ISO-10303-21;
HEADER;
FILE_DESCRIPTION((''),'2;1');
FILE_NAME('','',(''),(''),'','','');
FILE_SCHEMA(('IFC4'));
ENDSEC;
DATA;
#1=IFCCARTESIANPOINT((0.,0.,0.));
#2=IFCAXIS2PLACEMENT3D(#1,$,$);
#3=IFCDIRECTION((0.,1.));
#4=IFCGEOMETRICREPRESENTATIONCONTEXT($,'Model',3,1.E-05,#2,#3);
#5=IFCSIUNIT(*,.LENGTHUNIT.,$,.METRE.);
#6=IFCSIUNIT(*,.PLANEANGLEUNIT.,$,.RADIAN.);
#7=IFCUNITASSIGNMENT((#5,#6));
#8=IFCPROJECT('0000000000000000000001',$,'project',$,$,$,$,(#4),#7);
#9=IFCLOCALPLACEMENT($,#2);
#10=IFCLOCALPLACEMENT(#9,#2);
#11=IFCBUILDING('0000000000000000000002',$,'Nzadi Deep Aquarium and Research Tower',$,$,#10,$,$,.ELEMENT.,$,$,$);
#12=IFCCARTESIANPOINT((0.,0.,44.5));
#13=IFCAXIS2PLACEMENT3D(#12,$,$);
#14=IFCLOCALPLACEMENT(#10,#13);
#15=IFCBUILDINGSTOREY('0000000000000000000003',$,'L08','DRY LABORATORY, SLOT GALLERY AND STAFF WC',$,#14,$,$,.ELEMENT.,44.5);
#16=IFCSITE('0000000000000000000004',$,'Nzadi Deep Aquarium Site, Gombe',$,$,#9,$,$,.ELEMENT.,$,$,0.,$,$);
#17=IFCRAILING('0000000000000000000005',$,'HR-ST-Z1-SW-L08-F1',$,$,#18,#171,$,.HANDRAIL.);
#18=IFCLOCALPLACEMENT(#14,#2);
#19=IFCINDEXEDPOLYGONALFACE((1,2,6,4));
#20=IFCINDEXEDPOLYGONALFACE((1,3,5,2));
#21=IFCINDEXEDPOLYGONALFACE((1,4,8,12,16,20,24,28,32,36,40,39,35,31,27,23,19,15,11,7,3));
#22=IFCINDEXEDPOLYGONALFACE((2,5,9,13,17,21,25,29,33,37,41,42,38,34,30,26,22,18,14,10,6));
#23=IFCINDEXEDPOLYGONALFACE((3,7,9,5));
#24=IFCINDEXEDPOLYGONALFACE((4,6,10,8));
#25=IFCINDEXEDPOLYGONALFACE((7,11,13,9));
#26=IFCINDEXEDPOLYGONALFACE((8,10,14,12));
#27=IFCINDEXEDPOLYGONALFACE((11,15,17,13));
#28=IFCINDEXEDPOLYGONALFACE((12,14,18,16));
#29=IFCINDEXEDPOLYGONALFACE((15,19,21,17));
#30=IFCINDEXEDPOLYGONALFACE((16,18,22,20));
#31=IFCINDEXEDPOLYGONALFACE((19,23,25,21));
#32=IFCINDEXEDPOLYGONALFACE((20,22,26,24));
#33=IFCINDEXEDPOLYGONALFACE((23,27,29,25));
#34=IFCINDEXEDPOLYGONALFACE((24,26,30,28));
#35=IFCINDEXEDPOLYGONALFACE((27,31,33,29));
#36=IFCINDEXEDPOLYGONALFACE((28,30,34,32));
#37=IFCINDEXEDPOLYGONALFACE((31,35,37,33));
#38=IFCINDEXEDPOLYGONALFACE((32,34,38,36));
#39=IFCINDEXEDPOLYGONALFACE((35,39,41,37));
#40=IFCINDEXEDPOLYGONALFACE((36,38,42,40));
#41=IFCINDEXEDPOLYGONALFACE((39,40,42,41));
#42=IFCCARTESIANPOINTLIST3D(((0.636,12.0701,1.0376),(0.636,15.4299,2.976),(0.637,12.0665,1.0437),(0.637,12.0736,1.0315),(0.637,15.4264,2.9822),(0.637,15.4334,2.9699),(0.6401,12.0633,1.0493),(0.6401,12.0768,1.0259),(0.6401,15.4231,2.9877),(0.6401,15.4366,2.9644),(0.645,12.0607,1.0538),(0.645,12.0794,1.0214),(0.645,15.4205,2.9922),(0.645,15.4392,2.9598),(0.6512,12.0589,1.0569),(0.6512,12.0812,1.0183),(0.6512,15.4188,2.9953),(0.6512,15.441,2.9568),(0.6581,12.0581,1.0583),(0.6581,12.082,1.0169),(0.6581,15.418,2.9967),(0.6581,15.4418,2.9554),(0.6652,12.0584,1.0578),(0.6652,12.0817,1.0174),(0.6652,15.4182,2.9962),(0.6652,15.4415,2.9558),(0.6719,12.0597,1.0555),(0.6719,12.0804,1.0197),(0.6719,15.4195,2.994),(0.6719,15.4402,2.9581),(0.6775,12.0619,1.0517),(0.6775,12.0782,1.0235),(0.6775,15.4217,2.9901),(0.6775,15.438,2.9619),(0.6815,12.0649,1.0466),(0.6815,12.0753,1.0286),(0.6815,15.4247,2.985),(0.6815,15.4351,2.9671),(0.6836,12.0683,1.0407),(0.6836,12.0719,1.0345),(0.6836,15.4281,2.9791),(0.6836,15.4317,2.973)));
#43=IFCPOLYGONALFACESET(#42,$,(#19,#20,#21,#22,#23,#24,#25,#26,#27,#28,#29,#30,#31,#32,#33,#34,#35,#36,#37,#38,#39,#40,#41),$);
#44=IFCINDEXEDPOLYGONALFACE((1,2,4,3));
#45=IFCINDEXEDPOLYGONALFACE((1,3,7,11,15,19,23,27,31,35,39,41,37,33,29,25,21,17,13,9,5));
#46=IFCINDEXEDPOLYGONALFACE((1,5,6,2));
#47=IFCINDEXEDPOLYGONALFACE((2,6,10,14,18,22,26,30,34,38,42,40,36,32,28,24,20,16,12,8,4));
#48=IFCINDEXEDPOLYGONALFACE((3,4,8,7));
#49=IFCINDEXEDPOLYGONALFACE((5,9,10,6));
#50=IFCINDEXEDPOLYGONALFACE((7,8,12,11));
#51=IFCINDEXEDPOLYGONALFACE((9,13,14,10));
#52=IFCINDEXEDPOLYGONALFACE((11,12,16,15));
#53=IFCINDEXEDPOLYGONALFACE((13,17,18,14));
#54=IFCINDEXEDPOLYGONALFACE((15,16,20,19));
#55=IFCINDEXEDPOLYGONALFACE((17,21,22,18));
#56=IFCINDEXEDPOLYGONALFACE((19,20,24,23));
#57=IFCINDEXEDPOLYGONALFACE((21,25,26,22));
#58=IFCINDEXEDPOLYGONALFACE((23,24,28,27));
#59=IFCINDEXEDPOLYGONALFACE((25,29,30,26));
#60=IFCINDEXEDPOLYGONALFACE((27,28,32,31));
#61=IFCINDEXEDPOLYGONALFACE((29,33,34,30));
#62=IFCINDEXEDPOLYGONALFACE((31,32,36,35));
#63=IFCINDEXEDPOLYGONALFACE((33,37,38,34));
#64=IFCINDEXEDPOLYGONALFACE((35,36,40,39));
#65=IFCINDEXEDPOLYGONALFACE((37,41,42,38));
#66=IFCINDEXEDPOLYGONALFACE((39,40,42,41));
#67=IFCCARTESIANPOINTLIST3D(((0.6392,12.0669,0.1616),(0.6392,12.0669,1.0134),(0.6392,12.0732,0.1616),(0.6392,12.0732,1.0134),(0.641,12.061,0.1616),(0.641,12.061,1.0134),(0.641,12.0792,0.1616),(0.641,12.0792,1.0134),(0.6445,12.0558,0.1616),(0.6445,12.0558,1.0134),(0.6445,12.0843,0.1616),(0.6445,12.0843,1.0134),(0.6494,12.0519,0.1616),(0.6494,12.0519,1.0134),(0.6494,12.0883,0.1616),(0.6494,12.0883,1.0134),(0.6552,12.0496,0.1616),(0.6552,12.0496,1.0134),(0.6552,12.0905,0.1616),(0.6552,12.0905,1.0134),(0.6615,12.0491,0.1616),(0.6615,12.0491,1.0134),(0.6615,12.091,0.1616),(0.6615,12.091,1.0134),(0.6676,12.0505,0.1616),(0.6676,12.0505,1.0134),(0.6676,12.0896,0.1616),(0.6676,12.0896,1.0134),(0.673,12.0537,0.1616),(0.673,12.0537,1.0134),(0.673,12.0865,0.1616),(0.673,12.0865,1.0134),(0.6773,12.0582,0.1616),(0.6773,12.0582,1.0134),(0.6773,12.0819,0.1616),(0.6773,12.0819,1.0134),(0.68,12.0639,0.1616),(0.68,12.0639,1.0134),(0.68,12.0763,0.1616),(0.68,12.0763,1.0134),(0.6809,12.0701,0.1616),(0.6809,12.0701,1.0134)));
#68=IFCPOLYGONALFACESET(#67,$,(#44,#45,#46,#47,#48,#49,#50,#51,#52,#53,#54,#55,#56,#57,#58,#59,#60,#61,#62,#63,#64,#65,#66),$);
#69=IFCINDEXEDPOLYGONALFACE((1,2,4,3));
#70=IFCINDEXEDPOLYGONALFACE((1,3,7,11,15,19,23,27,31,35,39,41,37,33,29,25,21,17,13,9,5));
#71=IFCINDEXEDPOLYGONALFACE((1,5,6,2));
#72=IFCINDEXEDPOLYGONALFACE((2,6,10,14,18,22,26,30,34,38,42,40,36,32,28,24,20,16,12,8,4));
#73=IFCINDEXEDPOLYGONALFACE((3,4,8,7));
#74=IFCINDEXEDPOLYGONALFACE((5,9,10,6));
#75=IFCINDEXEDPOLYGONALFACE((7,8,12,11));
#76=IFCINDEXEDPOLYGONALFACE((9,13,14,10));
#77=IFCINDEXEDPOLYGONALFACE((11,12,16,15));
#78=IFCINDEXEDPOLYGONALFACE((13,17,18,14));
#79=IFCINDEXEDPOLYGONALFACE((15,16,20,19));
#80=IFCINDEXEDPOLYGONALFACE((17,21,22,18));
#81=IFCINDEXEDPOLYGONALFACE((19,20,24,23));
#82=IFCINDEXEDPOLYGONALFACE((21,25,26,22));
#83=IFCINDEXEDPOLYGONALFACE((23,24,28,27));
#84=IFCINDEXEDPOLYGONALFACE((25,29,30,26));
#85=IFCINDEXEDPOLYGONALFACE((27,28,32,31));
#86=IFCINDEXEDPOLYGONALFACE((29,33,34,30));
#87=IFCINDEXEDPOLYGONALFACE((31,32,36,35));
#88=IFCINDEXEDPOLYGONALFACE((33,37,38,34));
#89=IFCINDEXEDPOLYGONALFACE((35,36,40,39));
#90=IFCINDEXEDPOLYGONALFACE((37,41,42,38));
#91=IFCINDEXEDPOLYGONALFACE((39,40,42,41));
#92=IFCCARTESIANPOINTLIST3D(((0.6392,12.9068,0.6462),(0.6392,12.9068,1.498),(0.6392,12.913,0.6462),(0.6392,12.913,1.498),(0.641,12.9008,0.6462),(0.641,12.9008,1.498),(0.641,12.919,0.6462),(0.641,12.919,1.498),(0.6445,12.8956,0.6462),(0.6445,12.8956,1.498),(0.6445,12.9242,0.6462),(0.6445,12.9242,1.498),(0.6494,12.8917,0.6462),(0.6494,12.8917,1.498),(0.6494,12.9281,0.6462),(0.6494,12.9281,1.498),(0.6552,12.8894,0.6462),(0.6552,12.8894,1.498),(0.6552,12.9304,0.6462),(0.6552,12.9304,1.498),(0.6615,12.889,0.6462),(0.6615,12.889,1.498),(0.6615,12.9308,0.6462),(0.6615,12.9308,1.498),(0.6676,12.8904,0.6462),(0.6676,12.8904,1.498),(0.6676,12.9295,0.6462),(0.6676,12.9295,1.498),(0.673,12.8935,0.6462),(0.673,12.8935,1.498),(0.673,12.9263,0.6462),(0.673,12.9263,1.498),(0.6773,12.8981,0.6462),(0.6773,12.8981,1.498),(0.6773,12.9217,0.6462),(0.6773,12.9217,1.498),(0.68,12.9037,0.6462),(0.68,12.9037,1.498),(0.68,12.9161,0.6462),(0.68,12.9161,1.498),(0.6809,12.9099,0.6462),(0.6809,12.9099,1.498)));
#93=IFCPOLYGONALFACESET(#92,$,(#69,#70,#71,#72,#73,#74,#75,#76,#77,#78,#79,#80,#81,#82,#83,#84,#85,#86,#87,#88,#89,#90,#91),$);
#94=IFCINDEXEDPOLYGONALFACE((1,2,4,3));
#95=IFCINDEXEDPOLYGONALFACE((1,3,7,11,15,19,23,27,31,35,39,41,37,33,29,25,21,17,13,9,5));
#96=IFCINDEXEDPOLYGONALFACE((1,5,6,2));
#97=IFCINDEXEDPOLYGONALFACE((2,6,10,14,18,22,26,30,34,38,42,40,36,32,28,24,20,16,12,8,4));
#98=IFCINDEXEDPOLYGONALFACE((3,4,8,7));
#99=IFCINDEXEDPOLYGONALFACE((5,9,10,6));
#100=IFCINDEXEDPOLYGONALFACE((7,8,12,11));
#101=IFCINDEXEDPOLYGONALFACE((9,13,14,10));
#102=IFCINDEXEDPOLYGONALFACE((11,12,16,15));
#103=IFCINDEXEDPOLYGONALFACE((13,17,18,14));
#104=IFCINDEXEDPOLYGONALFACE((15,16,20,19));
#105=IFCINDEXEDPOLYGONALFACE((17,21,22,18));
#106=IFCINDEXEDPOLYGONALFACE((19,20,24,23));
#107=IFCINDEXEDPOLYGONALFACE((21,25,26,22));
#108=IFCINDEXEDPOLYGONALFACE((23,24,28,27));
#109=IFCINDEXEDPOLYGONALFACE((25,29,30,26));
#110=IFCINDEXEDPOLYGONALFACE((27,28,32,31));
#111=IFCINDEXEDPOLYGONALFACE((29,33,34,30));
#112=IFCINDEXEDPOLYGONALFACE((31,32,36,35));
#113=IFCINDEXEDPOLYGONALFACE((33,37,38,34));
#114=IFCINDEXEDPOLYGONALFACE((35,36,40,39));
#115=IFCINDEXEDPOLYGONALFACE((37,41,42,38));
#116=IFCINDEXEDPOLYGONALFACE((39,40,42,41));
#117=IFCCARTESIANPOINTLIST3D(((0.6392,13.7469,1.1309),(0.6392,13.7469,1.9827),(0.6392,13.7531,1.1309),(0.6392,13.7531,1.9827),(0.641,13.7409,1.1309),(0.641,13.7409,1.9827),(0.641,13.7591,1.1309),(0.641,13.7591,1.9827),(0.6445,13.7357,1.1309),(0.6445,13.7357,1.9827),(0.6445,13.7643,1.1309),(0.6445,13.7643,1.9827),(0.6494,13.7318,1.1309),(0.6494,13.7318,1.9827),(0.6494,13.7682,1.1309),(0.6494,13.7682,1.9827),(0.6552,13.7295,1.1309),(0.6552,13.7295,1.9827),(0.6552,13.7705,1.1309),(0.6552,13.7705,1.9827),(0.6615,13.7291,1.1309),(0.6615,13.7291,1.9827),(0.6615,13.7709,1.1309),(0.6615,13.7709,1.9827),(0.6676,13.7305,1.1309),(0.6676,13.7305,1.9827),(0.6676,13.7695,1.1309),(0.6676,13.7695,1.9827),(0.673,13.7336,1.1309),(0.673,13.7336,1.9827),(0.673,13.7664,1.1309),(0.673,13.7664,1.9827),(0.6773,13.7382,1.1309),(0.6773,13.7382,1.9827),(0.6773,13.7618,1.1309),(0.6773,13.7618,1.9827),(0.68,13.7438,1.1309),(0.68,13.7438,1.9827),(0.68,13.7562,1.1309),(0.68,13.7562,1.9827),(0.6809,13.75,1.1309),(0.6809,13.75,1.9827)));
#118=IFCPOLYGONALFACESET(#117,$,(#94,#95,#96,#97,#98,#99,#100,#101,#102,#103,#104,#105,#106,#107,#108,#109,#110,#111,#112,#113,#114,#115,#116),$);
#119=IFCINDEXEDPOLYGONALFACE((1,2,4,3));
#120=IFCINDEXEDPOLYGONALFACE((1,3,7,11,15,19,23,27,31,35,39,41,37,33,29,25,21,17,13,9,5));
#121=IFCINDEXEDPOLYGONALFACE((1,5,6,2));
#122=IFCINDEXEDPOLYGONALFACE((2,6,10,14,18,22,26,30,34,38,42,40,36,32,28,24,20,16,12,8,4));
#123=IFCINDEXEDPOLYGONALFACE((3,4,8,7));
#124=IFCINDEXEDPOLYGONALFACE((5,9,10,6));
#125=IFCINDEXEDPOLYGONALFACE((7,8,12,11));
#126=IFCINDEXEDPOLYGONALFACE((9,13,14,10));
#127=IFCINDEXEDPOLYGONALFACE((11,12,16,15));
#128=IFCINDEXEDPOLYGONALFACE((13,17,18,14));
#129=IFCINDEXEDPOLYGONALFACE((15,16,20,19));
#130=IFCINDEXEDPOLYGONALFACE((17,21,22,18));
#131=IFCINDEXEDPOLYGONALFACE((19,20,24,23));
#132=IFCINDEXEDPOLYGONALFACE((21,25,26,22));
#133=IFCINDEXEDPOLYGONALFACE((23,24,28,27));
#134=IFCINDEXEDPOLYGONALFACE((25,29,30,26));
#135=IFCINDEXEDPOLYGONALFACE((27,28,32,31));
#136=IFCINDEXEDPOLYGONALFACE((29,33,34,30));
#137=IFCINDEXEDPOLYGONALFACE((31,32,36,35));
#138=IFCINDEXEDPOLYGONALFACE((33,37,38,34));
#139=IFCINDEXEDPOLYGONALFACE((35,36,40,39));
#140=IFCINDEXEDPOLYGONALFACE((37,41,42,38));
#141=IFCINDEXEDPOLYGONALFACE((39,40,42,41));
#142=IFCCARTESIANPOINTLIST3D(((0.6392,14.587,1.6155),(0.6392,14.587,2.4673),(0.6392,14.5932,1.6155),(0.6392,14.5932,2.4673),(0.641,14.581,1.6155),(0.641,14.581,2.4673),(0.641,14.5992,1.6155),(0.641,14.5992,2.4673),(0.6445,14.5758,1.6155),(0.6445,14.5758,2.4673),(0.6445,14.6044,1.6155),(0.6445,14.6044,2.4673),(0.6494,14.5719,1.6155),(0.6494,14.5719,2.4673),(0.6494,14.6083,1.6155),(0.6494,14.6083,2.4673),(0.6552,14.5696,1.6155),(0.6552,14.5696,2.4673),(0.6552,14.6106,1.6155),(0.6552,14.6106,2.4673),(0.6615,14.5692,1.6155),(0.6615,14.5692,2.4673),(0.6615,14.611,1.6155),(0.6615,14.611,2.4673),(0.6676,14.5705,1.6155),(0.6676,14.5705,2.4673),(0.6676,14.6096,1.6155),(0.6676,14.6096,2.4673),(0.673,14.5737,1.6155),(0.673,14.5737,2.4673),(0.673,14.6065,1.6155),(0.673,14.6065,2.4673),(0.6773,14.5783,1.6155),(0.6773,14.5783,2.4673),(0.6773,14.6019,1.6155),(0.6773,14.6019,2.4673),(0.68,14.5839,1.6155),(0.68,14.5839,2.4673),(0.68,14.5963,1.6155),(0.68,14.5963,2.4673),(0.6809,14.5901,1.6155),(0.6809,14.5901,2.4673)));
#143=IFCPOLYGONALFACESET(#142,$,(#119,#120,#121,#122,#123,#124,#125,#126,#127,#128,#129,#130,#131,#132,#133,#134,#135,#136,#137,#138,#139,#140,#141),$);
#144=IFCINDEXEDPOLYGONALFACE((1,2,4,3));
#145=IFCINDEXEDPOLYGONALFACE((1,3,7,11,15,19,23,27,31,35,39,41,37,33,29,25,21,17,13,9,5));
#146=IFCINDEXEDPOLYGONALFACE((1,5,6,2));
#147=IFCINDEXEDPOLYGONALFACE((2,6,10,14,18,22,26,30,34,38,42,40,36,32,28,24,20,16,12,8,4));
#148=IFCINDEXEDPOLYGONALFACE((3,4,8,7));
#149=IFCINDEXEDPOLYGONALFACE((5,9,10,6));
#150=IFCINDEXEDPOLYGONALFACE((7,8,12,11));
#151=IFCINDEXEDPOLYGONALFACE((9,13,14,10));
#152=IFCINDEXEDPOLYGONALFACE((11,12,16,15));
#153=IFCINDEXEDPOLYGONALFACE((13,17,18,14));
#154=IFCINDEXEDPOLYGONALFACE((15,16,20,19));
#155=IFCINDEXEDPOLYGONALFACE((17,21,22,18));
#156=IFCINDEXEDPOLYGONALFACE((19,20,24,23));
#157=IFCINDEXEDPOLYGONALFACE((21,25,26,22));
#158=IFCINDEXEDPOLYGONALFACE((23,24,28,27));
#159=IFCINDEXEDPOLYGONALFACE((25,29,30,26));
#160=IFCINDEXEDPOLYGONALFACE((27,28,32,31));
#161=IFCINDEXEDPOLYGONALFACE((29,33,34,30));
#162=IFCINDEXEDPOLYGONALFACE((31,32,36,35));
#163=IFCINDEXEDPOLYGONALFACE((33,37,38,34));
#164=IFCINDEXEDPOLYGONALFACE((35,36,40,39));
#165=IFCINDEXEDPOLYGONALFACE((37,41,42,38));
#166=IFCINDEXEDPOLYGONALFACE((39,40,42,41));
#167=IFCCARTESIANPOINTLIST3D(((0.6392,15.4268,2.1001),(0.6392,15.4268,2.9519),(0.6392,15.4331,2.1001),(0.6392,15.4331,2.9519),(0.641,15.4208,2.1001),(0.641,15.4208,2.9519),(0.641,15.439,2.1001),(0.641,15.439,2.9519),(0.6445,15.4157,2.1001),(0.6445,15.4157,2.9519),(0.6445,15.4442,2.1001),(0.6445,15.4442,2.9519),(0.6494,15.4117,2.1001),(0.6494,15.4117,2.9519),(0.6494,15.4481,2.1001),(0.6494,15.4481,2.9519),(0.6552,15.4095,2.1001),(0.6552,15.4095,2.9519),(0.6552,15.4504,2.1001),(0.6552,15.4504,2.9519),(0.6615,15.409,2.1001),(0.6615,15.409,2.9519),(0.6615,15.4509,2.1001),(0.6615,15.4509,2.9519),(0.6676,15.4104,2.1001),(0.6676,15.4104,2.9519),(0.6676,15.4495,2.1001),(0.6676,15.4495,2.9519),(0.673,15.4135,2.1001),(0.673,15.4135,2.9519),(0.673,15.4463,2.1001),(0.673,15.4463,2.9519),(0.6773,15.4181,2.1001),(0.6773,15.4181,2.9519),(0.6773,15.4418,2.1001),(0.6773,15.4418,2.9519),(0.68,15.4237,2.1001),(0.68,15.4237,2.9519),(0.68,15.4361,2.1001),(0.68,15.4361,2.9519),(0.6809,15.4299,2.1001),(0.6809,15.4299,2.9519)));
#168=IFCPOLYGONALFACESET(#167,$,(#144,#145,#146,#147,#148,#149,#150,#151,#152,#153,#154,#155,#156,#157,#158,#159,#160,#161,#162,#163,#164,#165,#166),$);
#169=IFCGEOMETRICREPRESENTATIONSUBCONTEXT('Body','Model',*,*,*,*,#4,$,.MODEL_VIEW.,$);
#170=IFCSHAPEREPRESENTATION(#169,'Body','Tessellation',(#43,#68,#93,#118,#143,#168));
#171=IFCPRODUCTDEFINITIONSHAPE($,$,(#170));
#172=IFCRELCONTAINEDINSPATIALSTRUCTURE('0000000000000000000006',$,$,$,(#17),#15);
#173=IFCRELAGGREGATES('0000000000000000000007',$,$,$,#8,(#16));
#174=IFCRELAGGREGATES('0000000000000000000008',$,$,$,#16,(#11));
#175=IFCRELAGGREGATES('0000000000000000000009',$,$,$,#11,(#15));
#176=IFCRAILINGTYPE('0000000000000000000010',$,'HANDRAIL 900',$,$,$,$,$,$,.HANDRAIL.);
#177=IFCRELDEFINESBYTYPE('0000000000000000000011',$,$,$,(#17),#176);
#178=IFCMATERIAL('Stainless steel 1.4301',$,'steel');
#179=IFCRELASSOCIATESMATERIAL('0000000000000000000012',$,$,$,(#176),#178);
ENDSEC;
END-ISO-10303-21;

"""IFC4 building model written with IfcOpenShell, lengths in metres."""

from ifc_helpers import new_model, si_unit, direction, frame, origin, origin_2d, place, context, subcontext, project, spatial, circle, extrude, material, type_object, element, save


model = new_model("IFC4")

# Units and contexts
model_context = context("Model", 3, precision=1e-05, world=origin(), true_north=direction((0.0, 1.0)))
body_context = subcontext(model_context, "Body", "Model", "MODEL_VIEW")
ifc_project = project(units=[si_unit("LENGTHUNIT", "METRE"), si_unit("PLANEANGLEUNIT", "RADIAN")], contexts=[model_context])

# Site, building, storey
site_placement = place(None, origin())
site = spatial("IfcSite", under=ifc_project, at=site_placement, Name="Nzadi Deep Aquarium Site, Gombe", CompositionType="ELEMENT", RefElevation=0.0)
building_placement = place(site_placement, origin())
building = spatial("IfcBuilding", under=site, at=building_placement, Name="Nzadi Deep Aquarium and Research Tower", CompositionType="ELEMENT")
storey_placement = place(building_placement, frame((0.0, 0.0, 44.5)))
storey = spatial("IfcBuildingStorey", under=building, at=storey_placement, Name="L08", Description="DRY LABORATORY, SLOT GALLERY AND STAFF WC", CompositionType="ELEMENT", Elevation=44.5)

# Railing
ifc_material_1 = material(Name="Stainless steel 1.4301", Category="steel")
railing_type = type_object("IfcRailingType", Name="HANDRAIL 900", PredefinedType="HANDRAIL", material=ifc_material_1)
for number, where, name in (
    (1, (0.6599, 12.0701, 0.1616), "HR-ST-Z1-SW-L08-F1"),
):
    element("IfcRailing", number, at=place(storey_placement, frame(where)), inside=storey, type_object=railing_type, Name=name, PredefinedType="HANDRAIL", context=body_context, shape_type="SweptSolid", body=[
        extrude(circle(Radius=0.0239, at=origin_2d()), frame((0.0, 0.0, 0.876), z_axis=(0.0, 0.866175, 0.499741), x_axis=(-1.0, 0.0, 0.0)), (0.0, 0.0, 1.0), 3.8789),
        extrude(circle(Radius=0.021, at=origin_2d()), origin(), (0.0, 0.0, 1.0), 0.8518),
        extrude(circle(Radius=0.021, at=origin_2d()), frame((0.0, 0.8398, 0.4846)), (0.0, 0.0, 1.0), 0.8518),
        extrude(circle(Radius=0.021, at=origin_2d()), frame((0.0, 1.6799, 0.9692)), (0.0, 0.0, 1.0), 0.8518),
        extrude(circle(Radius=0.021, at=origin_2d()), frame((0.0, 2.52, 1.4539)), (0.0, 0.0, 1.0), 0.8518),
        extrude(circle(Radius=0.021, at=origin_2d()), frame((0.0, 3.3599, 1.9385)), (0.0, 0.0, 1.0), 0.8518),
    ])

save(model, "model.ifc")
